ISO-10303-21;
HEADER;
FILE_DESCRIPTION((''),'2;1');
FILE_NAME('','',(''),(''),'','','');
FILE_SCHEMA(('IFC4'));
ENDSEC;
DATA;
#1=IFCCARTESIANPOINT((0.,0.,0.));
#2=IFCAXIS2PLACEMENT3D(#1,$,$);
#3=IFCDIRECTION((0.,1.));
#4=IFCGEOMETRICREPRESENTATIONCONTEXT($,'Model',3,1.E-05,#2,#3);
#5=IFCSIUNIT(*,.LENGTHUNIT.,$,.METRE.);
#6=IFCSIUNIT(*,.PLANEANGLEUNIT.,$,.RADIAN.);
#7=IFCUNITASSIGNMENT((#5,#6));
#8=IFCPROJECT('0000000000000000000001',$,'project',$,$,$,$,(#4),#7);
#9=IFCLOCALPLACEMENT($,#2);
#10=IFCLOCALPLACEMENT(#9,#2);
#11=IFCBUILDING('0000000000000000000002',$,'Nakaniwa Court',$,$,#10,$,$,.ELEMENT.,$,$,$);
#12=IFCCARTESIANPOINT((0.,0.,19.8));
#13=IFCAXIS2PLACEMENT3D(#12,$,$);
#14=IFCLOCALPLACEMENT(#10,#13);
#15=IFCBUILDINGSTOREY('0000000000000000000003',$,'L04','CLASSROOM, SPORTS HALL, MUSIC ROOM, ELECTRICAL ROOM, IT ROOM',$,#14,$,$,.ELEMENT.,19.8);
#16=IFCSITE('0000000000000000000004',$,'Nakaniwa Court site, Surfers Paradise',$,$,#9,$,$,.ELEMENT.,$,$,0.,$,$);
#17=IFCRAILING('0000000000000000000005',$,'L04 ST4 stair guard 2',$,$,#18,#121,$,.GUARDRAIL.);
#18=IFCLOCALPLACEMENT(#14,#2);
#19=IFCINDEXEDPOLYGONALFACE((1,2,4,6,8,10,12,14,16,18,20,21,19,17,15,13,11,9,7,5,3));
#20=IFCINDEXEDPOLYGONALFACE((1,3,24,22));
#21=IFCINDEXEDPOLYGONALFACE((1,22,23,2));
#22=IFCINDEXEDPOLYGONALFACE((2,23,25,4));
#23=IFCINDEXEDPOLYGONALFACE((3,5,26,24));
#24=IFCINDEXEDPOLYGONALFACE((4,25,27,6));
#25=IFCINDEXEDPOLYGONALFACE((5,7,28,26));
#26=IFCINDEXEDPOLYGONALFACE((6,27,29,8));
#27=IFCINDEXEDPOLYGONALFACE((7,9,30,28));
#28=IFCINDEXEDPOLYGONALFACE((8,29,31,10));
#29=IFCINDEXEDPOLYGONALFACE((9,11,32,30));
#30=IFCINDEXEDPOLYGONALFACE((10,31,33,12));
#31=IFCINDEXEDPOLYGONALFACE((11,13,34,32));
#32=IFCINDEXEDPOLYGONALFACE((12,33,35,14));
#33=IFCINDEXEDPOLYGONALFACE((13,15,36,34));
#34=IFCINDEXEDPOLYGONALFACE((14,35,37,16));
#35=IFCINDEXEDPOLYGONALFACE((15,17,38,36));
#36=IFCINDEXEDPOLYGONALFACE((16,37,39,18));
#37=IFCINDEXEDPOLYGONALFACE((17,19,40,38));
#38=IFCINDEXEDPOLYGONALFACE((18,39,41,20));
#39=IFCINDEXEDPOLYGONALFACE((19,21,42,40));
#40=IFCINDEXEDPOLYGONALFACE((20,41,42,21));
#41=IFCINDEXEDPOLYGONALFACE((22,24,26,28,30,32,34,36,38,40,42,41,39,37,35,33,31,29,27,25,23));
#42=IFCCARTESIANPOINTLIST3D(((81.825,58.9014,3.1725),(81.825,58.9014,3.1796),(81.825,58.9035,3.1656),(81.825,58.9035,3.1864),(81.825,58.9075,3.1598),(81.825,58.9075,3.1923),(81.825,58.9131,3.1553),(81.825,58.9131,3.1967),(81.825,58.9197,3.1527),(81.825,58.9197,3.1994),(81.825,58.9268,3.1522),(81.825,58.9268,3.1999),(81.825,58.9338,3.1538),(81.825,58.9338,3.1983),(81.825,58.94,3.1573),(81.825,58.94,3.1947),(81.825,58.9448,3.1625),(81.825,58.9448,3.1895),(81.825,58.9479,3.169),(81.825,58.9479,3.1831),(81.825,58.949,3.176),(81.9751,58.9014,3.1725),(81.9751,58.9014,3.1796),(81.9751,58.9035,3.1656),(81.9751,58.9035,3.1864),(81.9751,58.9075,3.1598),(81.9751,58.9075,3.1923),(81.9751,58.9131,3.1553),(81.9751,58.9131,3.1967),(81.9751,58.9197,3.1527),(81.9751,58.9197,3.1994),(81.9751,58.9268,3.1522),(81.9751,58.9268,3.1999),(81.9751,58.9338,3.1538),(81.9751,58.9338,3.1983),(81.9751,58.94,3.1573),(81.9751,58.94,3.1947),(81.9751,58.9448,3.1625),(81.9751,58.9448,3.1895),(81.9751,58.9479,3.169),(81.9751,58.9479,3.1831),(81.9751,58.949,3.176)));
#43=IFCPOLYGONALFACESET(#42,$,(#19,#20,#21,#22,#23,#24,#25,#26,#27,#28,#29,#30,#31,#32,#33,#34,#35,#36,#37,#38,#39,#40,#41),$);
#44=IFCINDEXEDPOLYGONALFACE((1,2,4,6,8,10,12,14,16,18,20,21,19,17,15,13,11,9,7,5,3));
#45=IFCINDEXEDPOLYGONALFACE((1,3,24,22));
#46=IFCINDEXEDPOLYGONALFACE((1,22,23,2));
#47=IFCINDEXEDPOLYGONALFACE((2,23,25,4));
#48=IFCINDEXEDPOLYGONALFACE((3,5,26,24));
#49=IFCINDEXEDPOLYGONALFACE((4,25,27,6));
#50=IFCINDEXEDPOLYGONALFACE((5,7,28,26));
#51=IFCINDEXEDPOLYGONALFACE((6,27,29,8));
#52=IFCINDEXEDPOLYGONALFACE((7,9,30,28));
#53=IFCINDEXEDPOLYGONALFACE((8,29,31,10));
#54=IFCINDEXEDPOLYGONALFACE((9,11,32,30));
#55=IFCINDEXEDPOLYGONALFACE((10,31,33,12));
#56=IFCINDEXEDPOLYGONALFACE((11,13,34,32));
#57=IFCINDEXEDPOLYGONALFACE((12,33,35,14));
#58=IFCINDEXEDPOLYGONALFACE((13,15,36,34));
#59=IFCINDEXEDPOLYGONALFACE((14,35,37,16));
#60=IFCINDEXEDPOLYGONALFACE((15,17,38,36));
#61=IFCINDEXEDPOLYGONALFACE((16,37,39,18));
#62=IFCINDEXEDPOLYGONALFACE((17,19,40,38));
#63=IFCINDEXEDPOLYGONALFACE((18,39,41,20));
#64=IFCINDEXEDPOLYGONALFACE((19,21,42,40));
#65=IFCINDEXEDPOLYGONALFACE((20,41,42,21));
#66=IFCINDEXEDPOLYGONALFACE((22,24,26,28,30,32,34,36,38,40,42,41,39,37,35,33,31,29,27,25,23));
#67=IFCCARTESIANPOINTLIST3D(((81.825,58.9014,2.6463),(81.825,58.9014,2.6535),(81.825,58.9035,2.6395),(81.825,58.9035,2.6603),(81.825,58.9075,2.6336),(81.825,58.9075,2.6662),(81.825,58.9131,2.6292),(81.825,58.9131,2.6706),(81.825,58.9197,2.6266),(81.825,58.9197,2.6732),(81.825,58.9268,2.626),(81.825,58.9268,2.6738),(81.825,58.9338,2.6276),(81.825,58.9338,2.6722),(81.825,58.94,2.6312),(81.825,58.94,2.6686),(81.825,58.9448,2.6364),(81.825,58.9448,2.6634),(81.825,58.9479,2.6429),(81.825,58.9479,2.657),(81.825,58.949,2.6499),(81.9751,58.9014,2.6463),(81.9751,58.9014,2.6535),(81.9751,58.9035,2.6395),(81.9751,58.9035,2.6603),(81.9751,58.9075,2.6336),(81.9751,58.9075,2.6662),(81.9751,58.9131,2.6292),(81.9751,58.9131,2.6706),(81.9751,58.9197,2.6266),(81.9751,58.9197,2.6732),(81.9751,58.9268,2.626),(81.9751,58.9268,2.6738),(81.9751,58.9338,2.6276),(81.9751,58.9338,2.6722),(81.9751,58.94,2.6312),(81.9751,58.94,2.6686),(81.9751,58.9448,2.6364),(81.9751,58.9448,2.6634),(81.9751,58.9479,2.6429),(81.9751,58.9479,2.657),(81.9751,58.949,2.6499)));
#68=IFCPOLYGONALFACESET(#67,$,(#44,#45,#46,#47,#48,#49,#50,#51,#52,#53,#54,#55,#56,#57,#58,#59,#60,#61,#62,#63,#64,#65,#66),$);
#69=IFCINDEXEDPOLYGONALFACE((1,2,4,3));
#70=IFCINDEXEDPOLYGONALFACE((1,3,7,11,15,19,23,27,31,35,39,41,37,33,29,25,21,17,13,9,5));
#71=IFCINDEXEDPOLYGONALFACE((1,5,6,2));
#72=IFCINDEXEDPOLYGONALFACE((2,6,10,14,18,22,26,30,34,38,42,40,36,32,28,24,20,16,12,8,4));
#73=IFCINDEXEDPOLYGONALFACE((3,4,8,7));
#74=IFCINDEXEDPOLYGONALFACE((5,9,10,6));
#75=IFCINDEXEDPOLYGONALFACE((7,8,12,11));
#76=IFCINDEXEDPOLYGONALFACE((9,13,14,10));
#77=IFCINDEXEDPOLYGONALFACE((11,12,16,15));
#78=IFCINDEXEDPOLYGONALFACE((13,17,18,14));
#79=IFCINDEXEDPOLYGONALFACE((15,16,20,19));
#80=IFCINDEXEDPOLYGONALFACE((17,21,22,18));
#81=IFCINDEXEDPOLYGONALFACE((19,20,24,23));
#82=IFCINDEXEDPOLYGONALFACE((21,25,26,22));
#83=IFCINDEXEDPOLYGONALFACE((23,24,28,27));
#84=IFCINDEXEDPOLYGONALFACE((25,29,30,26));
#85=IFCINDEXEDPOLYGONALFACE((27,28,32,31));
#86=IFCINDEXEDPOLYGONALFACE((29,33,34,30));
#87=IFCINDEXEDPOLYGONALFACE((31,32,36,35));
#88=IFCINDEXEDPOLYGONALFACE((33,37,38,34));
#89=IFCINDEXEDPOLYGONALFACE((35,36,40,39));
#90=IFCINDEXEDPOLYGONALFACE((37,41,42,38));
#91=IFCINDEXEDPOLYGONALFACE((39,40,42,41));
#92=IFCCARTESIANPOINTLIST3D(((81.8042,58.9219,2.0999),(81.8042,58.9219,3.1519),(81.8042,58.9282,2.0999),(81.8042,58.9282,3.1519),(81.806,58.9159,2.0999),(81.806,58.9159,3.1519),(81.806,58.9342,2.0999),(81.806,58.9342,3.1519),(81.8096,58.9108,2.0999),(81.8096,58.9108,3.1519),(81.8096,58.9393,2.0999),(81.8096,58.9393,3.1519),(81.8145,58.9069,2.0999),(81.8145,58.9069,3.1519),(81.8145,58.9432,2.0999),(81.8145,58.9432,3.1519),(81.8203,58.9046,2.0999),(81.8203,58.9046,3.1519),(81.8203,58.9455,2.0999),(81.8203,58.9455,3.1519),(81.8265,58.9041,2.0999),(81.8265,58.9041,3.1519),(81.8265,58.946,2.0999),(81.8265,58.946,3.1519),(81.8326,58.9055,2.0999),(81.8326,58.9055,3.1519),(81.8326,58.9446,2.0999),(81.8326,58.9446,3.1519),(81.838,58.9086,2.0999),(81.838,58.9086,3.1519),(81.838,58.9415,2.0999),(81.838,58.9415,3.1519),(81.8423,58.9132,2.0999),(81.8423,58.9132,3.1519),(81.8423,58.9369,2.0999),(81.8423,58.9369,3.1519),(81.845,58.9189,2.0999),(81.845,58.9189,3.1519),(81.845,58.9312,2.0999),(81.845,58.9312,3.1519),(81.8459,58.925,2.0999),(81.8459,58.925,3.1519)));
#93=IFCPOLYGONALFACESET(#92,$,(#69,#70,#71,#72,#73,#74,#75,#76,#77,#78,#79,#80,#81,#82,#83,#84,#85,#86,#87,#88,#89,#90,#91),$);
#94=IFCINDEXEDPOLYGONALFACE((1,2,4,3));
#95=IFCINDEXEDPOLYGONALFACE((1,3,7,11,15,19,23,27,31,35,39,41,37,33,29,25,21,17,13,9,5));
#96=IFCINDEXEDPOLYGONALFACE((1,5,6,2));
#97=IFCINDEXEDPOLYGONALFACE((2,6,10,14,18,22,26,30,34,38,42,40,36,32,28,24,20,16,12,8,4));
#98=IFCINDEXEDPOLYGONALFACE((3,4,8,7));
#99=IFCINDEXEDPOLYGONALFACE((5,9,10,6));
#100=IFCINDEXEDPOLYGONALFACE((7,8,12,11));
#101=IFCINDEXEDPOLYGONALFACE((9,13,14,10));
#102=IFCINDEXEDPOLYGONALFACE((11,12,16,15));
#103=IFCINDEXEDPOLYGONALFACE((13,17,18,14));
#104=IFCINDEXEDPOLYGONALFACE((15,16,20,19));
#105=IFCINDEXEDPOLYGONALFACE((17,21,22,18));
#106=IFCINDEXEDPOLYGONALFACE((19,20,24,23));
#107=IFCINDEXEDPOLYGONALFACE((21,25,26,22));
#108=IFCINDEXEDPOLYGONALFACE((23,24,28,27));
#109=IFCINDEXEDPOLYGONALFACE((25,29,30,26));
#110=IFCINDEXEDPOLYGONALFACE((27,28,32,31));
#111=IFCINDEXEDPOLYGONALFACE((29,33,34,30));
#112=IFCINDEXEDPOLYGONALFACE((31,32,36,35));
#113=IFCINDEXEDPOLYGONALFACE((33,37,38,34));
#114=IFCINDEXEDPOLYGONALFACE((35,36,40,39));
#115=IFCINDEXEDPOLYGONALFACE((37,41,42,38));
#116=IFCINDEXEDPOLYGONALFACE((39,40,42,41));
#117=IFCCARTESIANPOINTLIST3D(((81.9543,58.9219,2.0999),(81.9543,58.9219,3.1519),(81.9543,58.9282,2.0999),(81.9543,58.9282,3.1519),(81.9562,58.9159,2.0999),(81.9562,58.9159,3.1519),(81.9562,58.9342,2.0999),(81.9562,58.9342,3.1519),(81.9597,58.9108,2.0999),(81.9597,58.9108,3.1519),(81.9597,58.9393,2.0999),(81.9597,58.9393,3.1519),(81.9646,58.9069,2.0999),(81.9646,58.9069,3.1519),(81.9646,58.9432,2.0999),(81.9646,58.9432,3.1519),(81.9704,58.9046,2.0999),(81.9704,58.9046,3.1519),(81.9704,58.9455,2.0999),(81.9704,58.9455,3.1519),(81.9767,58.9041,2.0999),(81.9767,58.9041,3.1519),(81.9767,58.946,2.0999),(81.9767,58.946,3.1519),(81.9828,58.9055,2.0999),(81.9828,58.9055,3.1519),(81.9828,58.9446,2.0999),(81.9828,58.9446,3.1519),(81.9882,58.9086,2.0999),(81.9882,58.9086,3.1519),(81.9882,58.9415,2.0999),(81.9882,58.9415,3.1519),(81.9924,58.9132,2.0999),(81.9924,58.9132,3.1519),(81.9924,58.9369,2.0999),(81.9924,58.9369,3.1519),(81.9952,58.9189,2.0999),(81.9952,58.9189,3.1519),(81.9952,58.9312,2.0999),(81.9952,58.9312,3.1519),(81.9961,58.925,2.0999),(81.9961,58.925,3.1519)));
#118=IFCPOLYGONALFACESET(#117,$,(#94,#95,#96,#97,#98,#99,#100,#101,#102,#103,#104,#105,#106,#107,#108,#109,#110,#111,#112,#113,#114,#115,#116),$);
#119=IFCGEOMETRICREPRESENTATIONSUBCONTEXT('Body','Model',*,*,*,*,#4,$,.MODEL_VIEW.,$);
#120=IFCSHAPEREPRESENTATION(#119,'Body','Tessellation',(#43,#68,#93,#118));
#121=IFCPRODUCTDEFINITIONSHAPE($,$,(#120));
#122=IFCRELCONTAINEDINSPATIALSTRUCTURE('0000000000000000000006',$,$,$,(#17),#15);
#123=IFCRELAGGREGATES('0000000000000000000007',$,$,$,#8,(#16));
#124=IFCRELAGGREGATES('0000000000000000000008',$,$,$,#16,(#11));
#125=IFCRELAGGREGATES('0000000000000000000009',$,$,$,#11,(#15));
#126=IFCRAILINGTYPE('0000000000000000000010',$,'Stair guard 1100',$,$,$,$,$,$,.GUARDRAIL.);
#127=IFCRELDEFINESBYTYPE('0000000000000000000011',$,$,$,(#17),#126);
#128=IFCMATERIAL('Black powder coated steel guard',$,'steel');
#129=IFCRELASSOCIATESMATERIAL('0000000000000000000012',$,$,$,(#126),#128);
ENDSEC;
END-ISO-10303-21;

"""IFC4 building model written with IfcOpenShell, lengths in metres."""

from ifc_helpers import new_model, si_unit, direction, frame, origin, origin_2d, place, context, subcontext, project, spatial, circle, extrude, material, type_object, element, save


model = new_model("IFC4")

# Units and contexts
model_context = context("Model", 3, precision=1e-05, world=origin(), true_north=direction((0.0, 1.0)))
body_context = subcontext(model_context, "Body", "Model", "MODEL_VIEW")
ifc_project = project(units=[si_unit("LENGTHUNIT", "METRE"), si_unit("PLANEANGLEUNIT", "RADIAN")], contexts=[model_context])

# Site, building, storey
site_placement = place(None, origin())
site = spatial("IfcSite", under=ifc_project, at=site_placement, Name="Nakaniwa Court site, Surfers Paradise", CompositionType="ELEMENT", RefElevation=0.0)
building_placement = place(site_placement, origin())
building = spatial("IfcBuilding", under=site, at=building_placement, Name="Nakaniwa Court", CompositionType="ELEMENT")
storey_placement = place(building_placement, frame((0.0, 0.0, 19.8)))
storey = spatial("IfcBuildingStorey", under=building, at=storey_placement, Name="L04", Description="CLASSROOM, SPORTS HALL, MUSIC ROOM, ELECTRICAL ROOM, IT ROOM", CompositionType="ELEMENT", Elevation=19.8)

# Railing
ifc_material_1 = material(Name="Black powder coated steel guard", Category="steel")
railing_type_1 = type_object("IfcRailingType", Name="Stair guard 1100", PredefinedType="GUARDRAIL", material=ifc_material_1)
railing_1_placement = place(storey_placement, frame((81.825, 58.925, 2.0999)))
element("IfcRailing", 1, at=railing_1_placement, inside=storey, type_object=railing_type_1, Name="L04 ST4 stair guard 2", PredefinedType="GUARDRAIL", context=body_context, shape_type="SweptSolid", body=[
    extrude(circle(Radius=0.0239, at=origin_2d()), frame((0.0, 0.0, 1.0762), z_axis=(1.0, 0.0, 0.0), x_axis=(0.0, 1.0, 0.0)), (0.0, 0.0, 1.0), 0.1501),
    extrude(circle(Radius=0.0239, at=origin_2d()), frame((0.0, 0.0, 0.55), z_axis=(1.0, 0.0, 0.0), x_axis=(0.0, 1.0, 0.0)), (0.0, 0.0, 1.0), 0.1501),
    extrude(circle(Radius=0.021, at=origin_2d()), origin(), (0.0, 0.0, 1.0), 1.052),
    extrude(circle(Radius=0.021, at=origin_2d()), frame((0.1501, 0.0, 0.0)), (0.0, 0.0, 1.0), 1.052),
])

save(model, "model.ifc")
